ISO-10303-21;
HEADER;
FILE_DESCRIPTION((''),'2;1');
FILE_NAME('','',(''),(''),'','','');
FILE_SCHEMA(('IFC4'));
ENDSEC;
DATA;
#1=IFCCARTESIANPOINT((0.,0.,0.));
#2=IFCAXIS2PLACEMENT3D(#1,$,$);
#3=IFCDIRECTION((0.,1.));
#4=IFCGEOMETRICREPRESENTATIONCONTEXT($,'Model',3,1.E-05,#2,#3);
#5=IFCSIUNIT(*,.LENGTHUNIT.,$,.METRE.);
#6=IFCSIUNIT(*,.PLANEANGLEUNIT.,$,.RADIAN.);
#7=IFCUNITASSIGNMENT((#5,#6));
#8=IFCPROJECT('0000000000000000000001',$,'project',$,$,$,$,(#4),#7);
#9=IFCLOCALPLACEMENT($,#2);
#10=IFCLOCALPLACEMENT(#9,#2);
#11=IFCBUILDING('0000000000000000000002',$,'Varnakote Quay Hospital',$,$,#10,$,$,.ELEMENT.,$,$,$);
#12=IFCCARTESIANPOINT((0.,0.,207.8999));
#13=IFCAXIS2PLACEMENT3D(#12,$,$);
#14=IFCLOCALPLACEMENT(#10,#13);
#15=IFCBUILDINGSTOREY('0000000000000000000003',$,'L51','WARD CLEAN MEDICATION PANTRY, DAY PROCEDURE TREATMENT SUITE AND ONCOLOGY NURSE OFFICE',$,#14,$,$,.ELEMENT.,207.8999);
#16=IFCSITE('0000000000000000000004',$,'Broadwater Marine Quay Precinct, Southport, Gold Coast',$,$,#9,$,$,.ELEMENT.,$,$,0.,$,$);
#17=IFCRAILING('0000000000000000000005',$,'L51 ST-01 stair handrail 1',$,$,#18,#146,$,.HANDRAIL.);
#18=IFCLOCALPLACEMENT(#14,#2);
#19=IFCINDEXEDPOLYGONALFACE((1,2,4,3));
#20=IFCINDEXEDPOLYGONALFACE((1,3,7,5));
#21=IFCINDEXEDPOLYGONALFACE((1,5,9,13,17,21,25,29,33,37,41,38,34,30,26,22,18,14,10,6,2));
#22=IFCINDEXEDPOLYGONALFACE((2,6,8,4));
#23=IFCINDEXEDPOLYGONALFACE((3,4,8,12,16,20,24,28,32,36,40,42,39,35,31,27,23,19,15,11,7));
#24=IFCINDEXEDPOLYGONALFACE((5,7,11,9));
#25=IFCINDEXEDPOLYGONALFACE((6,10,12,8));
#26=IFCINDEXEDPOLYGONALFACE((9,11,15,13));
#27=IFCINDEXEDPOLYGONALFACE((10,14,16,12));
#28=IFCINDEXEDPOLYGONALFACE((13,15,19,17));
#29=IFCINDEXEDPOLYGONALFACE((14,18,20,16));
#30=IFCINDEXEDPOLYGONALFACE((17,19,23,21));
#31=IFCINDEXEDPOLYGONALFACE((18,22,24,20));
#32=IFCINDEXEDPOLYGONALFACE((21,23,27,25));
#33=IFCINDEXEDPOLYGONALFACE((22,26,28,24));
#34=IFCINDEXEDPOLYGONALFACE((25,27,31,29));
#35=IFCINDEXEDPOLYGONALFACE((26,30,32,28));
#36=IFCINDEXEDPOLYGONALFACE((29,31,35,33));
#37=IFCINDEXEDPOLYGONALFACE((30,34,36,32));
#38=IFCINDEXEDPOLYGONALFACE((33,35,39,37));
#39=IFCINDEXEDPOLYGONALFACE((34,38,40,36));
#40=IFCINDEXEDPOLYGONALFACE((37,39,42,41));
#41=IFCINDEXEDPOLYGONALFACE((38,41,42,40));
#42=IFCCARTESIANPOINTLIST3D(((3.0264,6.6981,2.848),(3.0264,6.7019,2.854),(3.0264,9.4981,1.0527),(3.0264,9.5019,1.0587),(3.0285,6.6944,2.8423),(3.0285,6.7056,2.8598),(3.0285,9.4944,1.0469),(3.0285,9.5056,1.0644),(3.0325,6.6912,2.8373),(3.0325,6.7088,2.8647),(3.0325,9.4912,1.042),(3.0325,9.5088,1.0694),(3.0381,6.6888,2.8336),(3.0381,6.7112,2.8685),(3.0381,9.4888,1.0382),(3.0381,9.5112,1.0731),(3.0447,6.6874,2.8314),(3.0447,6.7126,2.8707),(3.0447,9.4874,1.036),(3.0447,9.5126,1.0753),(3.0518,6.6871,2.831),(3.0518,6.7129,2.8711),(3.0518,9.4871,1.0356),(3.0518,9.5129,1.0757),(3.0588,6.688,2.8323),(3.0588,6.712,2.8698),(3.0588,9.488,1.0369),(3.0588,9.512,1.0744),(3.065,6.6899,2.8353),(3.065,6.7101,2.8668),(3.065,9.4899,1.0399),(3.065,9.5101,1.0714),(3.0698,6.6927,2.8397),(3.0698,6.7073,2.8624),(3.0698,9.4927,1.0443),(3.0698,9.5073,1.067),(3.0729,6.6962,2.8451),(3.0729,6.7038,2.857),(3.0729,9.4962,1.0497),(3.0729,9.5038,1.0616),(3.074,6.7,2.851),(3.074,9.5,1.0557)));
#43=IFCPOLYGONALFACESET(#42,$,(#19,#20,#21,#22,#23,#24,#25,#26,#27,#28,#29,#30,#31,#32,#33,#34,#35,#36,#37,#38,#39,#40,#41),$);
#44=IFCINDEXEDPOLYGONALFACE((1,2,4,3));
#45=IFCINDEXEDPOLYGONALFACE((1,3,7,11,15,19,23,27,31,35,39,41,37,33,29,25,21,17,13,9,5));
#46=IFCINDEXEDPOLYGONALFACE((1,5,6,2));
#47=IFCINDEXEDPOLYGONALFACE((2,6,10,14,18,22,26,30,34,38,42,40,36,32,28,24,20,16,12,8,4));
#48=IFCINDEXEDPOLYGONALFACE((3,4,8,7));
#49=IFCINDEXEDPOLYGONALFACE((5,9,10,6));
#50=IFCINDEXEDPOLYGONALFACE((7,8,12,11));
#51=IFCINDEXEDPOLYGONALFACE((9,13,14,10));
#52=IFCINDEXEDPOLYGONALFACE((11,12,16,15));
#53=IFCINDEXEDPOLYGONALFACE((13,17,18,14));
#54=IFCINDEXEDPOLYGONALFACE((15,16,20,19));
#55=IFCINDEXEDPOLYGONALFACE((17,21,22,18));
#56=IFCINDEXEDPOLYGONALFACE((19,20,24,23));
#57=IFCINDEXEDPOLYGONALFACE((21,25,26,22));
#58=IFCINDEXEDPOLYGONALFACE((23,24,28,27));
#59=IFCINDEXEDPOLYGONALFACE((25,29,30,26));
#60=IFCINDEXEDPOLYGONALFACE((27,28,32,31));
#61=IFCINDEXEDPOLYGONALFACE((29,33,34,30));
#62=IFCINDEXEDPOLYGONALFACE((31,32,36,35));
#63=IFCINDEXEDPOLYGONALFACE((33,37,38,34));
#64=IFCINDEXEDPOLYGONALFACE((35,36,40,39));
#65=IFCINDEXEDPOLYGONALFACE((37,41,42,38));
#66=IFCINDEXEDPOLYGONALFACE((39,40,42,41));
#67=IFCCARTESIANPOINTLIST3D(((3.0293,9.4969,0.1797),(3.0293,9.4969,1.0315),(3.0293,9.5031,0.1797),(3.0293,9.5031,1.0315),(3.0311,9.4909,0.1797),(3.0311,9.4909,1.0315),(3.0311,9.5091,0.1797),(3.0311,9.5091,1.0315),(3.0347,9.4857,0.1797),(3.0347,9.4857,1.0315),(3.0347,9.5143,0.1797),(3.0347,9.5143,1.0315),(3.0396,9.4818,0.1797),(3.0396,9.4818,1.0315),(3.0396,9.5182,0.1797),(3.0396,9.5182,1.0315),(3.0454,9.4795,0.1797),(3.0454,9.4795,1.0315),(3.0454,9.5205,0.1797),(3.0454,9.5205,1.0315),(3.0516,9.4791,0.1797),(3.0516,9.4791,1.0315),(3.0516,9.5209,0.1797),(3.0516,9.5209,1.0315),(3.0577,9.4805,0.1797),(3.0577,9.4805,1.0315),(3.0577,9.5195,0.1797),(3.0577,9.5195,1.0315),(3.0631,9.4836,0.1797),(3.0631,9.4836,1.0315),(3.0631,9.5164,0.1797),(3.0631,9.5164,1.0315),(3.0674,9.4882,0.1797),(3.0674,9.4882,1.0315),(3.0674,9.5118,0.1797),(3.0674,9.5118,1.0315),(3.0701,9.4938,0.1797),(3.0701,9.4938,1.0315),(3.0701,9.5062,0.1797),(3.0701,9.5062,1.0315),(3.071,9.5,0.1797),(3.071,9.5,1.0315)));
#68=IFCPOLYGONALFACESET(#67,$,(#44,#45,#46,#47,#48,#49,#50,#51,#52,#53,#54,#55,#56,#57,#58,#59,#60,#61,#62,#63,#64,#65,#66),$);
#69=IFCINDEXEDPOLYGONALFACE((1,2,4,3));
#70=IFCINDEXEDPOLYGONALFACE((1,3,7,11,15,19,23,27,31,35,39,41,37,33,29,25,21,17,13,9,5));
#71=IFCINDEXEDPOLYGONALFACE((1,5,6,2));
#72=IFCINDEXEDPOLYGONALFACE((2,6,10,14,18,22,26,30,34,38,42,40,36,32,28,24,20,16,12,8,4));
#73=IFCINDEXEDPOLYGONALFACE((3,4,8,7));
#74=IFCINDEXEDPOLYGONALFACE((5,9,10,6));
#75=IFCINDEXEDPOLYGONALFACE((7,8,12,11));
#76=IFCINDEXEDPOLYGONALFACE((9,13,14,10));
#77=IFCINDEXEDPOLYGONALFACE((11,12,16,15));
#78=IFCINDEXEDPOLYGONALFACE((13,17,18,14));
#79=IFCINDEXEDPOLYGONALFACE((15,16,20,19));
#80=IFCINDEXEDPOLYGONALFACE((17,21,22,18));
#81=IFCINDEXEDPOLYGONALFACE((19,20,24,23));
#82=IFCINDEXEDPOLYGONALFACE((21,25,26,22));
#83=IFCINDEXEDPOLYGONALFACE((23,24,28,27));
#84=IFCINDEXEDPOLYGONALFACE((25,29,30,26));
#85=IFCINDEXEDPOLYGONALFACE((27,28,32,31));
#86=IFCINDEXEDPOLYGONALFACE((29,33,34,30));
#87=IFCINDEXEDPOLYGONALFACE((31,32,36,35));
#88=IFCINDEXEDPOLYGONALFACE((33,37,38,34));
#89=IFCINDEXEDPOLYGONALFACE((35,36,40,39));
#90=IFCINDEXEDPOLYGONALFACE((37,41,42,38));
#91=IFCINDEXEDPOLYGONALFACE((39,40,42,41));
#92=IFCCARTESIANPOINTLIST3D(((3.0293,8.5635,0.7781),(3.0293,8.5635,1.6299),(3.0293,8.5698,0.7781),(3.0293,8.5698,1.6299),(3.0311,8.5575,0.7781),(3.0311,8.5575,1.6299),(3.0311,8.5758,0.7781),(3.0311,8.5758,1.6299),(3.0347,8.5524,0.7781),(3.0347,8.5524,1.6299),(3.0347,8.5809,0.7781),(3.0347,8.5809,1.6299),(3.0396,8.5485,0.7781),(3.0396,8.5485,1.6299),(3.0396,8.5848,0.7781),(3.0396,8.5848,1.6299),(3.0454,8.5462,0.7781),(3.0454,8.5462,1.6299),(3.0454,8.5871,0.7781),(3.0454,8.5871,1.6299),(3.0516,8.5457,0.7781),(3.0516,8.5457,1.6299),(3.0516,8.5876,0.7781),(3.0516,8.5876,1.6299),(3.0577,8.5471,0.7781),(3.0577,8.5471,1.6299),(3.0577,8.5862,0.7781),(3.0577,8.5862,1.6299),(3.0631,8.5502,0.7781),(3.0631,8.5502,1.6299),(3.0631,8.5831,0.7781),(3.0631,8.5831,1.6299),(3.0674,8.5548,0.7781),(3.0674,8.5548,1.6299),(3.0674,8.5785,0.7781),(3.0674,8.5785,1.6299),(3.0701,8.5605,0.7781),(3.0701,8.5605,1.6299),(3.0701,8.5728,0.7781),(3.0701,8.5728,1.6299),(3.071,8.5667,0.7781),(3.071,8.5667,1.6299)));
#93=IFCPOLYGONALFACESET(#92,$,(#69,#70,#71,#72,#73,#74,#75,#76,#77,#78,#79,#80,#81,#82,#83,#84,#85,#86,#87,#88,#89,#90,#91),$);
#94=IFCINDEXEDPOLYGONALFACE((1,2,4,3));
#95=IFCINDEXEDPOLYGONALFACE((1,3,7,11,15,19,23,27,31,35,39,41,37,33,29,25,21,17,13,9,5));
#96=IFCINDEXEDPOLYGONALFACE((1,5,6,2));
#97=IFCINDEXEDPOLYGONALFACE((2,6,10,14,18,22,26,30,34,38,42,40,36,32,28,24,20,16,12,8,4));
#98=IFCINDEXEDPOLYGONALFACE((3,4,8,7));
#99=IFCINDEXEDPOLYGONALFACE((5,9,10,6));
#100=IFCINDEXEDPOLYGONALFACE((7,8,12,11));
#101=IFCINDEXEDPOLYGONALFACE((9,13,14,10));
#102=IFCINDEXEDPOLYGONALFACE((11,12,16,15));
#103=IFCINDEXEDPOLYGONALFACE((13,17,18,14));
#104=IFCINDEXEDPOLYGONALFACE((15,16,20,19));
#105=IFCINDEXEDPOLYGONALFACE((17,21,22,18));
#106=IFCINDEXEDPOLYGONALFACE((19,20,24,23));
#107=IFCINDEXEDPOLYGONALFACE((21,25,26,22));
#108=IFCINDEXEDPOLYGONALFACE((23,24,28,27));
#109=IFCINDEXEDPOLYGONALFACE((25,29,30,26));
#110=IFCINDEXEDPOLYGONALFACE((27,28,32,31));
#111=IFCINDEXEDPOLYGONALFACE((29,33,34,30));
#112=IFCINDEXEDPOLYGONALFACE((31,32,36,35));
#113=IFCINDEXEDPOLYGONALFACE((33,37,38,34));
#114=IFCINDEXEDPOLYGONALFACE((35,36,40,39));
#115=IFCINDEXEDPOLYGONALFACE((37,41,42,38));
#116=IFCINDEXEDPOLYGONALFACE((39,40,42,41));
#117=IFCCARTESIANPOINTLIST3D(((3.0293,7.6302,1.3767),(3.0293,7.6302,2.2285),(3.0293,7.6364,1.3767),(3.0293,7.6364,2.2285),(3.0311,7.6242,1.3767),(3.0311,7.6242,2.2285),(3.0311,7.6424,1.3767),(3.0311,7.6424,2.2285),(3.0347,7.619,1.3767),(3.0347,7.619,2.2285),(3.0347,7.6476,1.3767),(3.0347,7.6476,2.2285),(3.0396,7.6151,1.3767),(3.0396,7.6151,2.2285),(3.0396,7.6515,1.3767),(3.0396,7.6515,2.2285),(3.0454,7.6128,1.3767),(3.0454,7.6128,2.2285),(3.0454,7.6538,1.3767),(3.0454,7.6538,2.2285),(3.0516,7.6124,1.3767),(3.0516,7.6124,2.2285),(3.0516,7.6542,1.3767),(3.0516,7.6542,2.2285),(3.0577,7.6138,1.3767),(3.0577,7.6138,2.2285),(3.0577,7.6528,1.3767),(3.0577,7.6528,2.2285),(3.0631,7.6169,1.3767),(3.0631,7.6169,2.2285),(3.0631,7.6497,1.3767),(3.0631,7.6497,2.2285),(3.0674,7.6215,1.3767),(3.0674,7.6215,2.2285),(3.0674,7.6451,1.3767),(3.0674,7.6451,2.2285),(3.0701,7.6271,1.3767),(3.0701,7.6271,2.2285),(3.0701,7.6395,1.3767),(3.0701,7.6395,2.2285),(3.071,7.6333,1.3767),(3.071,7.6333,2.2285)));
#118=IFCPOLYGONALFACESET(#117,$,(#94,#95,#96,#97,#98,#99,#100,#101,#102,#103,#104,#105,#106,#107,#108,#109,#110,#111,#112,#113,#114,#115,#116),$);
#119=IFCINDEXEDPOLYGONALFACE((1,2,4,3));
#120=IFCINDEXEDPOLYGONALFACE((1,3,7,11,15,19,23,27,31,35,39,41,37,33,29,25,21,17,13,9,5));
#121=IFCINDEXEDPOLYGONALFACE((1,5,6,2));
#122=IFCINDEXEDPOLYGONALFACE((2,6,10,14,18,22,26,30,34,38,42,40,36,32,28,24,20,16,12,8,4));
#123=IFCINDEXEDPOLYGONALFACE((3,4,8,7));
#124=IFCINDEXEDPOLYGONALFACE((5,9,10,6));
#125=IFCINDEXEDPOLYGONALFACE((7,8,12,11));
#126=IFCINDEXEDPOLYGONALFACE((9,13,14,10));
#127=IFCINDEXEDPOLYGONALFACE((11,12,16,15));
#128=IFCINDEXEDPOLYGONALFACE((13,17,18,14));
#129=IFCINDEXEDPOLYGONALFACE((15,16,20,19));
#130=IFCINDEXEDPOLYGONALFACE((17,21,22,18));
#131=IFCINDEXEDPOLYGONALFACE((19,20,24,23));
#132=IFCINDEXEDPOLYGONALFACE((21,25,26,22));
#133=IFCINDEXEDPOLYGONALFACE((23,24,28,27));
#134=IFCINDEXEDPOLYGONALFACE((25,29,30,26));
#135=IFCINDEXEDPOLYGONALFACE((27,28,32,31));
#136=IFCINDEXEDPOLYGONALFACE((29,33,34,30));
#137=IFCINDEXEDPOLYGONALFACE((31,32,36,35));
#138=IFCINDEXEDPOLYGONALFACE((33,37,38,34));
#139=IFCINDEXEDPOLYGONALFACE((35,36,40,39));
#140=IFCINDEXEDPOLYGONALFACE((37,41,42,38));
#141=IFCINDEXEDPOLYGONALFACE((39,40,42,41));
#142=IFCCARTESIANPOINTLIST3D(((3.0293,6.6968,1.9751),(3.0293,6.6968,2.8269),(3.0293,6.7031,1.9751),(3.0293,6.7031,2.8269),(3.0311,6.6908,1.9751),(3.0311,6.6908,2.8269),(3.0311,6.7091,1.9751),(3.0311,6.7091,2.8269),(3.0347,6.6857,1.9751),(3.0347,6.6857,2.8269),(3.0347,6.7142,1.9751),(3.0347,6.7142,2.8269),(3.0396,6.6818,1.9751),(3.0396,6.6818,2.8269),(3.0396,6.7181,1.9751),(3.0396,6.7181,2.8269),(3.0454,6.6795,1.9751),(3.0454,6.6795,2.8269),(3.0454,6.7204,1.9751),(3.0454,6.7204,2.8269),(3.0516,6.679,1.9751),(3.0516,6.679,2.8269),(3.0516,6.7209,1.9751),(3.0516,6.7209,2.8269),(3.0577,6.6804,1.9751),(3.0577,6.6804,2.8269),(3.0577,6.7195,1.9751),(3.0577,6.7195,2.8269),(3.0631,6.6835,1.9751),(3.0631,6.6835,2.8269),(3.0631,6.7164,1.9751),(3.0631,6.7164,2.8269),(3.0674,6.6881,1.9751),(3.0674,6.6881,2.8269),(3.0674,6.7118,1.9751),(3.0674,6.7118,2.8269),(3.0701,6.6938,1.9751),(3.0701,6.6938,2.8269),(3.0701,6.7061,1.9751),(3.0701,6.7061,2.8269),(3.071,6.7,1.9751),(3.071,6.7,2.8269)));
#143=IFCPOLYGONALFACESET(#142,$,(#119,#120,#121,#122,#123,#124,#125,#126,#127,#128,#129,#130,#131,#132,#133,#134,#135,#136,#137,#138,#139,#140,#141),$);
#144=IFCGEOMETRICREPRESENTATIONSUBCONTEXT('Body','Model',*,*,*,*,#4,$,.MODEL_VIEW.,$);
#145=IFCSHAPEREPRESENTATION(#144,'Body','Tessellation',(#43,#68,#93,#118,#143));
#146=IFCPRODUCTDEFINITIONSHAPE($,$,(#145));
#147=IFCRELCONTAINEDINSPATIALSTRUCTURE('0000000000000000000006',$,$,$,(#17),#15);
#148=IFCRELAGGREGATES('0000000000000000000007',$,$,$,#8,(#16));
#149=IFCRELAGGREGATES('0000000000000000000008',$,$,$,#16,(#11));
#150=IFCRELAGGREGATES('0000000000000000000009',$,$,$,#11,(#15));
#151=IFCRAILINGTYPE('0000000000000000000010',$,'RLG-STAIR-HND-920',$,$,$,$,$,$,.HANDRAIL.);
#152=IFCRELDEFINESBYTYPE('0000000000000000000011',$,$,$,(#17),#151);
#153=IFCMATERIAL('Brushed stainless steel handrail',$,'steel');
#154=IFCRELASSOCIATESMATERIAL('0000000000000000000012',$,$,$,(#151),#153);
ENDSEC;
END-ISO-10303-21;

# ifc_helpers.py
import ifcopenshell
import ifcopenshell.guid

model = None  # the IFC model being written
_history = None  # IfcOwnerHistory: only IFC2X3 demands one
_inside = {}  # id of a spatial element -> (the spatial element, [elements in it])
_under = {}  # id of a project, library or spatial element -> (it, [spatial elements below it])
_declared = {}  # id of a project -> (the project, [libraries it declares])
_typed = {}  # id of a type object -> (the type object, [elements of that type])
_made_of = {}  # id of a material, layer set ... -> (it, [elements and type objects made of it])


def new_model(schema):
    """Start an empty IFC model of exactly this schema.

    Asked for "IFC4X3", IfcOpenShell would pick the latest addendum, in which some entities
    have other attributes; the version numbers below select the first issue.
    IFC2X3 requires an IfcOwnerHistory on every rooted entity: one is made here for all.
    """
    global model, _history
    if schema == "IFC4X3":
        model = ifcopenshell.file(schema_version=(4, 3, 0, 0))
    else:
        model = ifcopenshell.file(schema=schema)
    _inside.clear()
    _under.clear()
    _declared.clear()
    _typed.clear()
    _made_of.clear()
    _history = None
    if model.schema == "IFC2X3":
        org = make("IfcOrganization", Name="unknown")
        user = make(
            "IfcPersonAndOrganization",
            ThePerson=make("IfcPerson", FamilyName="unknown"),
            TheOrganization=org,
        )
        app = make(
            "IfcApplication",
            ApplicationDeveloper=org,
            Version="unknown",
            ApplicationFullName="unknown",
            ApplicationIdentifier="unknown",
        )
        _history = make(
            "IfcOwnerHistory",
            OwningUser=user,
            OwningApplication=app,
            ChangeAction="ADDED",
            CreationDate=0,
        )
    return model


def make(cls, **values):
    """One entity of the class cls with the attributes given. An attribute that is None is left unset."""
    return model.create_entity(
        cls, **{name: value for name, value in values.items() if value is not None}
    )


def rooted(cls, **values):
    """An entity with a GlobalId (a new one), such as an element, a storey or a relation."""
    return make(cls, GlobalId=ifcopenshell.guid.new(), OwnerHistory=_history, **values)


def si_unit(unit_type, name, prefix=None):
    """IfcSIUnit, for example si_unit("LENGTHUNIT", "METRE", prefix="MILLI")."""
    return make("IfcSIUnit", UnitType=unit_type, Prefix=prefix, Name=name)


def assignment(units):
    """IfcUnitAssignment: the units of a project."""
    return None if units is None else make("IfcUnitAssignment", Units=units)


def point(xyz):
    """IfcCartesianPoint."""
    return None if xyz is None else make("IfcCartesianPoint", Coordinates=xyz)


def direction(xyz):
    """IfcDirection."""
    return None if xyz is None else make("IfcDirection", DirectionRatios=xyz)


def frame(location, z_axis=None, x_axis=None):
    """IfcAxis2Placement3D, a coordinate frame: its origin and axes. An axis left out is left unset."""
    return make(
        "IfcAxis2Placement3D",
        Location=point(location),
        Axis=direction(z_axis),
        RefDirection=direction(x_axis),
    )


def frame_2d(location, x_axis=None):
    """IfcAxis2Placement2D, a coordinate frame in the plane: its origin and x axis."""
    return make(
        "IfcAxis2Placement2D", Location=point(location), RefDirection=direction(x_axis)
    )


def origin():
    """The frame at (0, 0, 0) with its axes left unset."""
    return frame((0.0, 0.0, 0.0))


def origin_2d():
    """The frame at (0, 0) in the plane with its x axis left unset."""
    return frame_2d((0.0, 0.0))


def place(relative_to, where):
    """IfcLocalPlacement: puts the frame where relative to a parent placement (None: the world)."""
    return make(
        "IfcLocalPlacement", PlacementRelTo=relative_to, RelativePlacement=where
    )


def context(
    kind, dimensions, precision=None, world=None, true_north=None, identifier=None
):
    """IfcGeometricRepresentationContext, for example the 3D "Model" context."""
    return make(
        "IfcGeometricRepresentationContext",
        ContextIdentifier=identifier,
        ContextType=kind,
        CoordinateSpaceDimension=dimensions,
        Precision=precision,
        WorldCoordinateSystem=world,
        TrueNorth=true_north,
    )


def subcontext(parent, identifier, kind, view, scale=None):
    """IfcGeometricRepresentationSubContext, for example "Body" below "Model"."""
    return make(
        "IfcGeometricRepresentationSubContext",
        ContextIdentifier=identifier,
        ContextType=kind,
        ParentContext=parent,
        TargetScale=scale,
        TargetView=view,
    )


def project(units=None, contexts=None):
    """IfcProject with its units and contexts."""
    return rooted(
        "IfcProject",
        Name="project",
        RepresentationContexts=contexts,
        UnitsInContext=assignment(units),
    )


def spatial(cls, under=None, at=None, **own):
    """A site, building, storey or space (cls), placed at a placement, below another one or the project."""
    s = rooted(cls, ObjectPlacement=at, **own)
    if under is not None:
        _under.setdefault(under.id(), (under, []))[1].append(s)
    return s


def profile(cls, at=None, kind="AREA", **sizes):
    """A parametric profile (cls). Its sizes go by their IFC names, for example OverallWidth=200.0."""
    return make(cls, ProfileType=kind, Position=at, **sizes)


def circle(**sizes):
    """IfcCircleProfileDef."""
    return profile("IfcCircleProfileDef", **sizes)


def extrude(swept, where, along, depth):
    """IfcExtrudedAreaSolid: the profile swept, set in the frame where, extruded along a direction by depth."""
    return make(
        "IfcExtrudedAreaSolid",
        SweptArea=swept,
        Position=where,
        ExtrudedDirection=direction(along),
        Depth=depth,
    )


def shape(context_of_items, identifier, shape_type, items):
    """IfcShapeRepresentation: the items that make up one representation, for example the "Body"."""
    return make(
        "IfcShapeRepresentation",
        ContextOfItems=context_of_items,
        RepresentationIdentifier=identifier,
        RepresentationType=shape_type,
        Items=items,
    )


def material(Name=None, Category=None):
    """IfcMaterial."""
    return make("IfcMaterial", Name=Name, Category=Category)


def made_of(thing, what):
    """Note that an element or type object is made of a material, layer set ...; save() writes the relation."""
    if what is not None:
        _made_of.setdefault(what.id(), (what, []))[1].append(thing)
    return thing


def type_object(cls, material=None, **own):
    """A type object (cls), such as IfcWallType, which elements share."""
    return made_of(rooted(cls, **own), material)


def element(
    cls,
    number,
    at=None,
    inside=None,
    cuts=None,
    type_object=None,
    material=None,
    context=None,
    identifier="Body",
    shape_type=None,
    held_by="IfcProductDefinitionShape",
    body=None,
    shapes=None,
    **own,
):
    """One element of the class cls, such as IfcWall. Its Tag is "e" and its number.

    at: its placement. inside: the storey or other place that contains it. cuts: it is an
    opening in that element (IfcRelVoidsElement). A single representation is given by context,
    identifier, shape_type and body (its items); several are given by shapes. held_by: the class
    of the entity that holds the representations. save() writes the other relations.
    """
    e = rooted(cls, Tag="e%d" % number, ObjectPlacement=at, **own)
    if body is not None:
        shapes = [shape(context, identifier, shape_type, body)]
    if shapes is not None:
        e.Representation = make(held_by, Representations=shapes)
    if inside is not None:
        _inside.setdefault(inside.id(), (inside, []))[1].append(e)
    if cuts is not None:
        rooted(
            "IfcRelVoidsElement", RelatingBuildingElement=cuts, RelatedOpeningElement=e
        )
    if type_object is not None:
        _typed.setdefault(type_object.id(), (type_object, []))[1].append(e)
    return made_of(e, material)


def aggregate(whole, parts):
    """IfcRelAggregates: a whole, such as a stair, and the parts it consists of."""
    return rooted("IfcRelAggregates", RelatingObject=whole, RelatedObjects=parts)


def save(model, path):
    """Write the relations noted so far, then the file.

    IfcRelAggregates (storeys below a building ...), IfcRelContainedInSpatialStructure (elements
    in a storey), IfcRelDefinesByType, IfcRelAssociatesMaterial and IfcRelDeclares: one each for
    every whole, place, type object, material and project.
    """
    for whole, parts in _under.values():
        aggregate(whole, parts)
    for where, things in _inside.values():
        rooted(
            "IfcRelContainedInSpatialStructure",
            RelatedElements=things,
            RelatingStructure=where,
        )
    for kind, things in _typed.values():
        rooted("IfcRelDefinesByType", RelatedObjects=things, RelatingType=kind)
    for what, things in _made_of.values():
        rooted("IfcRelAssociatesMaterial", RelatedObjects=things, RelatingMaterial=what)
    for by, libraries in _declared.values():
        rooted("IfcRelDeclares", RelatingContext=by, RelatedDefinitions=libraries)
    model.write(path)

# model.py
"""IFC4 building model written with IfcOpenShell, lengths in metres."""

from ifc_helpers import new_model, si_unit, direction, frame, origin, origin_2d, place, context, subcontext, project, spatial, circle, extrude, material, type_object, element, save


model = new_model("IFC4")

# Units and contexts
model_context = context("Model", 3, precision=1e-05, world=origin(), true_north=direction((0.0, 1.0)))
body_context = subcontext(model_context, "Body", "Model", "MODEL_VIEW")
ifc_project = project(units=[si_unit("LENGTHUNIT", "METRE"), si_unit("PLANEANGLEUNIT", "RADIAN")], contexts=[model_context])

# Site, building, storey
site_placement = place(None, origin())
site = spatial("IfcSite", under=ifc_project, at=site_placement, Name="Broadwater Marine Quay Precinct, Southport, Gold Coast", CompositionType="ELEMENT", RefElevation=0.0)
building_placement = place(site_placement, origin())
building = spatial("IfcBuilding", under=site, at=building_placement, Name="Varnakote Quay Hospital", CompositionType="ELEMENT")
storey_placement = place(building_placement, frame((0.0, 0.0, 207.8999)))
storey = spatial("IfcBuildingStorey", under=building, at=storey_placement, Name="L51", Description="WARD CLEAN MEDICATION PANTRY, DAY PROCEDURE TREATMENT SUITE AND ONCOLOGY NURSE OFFICE", CompositionType="ELEMENT", Elevation=207.8999)

# Railing
ifc_material_1 = material(Name="Brushed stainless steel handrail", Category="steel")
railing_type_1 = type_object("IfcRailingType", Name="RLG-STAIR-HND-920", PredefinedType="HANDRAIL", material=ifc_material_1)
railing_1_placement = place(storey_placement, frame((3.05, 9.5, 0.1797)))
element("IfcRailing", 1, at=railing_1_placement, inside=storey, type_object=railing_type_1, Name="L51 ST-01 stair handrail 1", PredefinedType="HANDRAIL", context=body_context, shape_type="SweptSolid", body=[
    extrude(circle(Radius=0.0239, at=origin_2d()), frame((0.0, 0.0, 0.876), z_axis=(0.0, -0.84181, 0.539774), x_axis=(1.0, 0.0, 0.0)), (0.0, 0.0, 1.0), 3.3262),
    extrude(circle(Radius=0.021, at=origin_2d()), origin(), (0.0, 0.0, 1.0), 0.8518),
    extrude(circle(Radius=0.021, at=origin_2d()), frame((0.0, -0.9333, 0.5984)), (0.0, 0.0, 1.0), 0.8518),
    extrude(circle(Radius=0.021, at=origin_2d()), frame((0.0, -1.8667, 1.197)), (0.0, 0.0, 1.0), 0.8518),
    extrude(circle(Radius=0.021, at=origin_2d()), frame((0.0, -2.8, 1.7954)), (0.0, 0.0, 1.0), 0.8518),
])

save(model, "model.ifc")
